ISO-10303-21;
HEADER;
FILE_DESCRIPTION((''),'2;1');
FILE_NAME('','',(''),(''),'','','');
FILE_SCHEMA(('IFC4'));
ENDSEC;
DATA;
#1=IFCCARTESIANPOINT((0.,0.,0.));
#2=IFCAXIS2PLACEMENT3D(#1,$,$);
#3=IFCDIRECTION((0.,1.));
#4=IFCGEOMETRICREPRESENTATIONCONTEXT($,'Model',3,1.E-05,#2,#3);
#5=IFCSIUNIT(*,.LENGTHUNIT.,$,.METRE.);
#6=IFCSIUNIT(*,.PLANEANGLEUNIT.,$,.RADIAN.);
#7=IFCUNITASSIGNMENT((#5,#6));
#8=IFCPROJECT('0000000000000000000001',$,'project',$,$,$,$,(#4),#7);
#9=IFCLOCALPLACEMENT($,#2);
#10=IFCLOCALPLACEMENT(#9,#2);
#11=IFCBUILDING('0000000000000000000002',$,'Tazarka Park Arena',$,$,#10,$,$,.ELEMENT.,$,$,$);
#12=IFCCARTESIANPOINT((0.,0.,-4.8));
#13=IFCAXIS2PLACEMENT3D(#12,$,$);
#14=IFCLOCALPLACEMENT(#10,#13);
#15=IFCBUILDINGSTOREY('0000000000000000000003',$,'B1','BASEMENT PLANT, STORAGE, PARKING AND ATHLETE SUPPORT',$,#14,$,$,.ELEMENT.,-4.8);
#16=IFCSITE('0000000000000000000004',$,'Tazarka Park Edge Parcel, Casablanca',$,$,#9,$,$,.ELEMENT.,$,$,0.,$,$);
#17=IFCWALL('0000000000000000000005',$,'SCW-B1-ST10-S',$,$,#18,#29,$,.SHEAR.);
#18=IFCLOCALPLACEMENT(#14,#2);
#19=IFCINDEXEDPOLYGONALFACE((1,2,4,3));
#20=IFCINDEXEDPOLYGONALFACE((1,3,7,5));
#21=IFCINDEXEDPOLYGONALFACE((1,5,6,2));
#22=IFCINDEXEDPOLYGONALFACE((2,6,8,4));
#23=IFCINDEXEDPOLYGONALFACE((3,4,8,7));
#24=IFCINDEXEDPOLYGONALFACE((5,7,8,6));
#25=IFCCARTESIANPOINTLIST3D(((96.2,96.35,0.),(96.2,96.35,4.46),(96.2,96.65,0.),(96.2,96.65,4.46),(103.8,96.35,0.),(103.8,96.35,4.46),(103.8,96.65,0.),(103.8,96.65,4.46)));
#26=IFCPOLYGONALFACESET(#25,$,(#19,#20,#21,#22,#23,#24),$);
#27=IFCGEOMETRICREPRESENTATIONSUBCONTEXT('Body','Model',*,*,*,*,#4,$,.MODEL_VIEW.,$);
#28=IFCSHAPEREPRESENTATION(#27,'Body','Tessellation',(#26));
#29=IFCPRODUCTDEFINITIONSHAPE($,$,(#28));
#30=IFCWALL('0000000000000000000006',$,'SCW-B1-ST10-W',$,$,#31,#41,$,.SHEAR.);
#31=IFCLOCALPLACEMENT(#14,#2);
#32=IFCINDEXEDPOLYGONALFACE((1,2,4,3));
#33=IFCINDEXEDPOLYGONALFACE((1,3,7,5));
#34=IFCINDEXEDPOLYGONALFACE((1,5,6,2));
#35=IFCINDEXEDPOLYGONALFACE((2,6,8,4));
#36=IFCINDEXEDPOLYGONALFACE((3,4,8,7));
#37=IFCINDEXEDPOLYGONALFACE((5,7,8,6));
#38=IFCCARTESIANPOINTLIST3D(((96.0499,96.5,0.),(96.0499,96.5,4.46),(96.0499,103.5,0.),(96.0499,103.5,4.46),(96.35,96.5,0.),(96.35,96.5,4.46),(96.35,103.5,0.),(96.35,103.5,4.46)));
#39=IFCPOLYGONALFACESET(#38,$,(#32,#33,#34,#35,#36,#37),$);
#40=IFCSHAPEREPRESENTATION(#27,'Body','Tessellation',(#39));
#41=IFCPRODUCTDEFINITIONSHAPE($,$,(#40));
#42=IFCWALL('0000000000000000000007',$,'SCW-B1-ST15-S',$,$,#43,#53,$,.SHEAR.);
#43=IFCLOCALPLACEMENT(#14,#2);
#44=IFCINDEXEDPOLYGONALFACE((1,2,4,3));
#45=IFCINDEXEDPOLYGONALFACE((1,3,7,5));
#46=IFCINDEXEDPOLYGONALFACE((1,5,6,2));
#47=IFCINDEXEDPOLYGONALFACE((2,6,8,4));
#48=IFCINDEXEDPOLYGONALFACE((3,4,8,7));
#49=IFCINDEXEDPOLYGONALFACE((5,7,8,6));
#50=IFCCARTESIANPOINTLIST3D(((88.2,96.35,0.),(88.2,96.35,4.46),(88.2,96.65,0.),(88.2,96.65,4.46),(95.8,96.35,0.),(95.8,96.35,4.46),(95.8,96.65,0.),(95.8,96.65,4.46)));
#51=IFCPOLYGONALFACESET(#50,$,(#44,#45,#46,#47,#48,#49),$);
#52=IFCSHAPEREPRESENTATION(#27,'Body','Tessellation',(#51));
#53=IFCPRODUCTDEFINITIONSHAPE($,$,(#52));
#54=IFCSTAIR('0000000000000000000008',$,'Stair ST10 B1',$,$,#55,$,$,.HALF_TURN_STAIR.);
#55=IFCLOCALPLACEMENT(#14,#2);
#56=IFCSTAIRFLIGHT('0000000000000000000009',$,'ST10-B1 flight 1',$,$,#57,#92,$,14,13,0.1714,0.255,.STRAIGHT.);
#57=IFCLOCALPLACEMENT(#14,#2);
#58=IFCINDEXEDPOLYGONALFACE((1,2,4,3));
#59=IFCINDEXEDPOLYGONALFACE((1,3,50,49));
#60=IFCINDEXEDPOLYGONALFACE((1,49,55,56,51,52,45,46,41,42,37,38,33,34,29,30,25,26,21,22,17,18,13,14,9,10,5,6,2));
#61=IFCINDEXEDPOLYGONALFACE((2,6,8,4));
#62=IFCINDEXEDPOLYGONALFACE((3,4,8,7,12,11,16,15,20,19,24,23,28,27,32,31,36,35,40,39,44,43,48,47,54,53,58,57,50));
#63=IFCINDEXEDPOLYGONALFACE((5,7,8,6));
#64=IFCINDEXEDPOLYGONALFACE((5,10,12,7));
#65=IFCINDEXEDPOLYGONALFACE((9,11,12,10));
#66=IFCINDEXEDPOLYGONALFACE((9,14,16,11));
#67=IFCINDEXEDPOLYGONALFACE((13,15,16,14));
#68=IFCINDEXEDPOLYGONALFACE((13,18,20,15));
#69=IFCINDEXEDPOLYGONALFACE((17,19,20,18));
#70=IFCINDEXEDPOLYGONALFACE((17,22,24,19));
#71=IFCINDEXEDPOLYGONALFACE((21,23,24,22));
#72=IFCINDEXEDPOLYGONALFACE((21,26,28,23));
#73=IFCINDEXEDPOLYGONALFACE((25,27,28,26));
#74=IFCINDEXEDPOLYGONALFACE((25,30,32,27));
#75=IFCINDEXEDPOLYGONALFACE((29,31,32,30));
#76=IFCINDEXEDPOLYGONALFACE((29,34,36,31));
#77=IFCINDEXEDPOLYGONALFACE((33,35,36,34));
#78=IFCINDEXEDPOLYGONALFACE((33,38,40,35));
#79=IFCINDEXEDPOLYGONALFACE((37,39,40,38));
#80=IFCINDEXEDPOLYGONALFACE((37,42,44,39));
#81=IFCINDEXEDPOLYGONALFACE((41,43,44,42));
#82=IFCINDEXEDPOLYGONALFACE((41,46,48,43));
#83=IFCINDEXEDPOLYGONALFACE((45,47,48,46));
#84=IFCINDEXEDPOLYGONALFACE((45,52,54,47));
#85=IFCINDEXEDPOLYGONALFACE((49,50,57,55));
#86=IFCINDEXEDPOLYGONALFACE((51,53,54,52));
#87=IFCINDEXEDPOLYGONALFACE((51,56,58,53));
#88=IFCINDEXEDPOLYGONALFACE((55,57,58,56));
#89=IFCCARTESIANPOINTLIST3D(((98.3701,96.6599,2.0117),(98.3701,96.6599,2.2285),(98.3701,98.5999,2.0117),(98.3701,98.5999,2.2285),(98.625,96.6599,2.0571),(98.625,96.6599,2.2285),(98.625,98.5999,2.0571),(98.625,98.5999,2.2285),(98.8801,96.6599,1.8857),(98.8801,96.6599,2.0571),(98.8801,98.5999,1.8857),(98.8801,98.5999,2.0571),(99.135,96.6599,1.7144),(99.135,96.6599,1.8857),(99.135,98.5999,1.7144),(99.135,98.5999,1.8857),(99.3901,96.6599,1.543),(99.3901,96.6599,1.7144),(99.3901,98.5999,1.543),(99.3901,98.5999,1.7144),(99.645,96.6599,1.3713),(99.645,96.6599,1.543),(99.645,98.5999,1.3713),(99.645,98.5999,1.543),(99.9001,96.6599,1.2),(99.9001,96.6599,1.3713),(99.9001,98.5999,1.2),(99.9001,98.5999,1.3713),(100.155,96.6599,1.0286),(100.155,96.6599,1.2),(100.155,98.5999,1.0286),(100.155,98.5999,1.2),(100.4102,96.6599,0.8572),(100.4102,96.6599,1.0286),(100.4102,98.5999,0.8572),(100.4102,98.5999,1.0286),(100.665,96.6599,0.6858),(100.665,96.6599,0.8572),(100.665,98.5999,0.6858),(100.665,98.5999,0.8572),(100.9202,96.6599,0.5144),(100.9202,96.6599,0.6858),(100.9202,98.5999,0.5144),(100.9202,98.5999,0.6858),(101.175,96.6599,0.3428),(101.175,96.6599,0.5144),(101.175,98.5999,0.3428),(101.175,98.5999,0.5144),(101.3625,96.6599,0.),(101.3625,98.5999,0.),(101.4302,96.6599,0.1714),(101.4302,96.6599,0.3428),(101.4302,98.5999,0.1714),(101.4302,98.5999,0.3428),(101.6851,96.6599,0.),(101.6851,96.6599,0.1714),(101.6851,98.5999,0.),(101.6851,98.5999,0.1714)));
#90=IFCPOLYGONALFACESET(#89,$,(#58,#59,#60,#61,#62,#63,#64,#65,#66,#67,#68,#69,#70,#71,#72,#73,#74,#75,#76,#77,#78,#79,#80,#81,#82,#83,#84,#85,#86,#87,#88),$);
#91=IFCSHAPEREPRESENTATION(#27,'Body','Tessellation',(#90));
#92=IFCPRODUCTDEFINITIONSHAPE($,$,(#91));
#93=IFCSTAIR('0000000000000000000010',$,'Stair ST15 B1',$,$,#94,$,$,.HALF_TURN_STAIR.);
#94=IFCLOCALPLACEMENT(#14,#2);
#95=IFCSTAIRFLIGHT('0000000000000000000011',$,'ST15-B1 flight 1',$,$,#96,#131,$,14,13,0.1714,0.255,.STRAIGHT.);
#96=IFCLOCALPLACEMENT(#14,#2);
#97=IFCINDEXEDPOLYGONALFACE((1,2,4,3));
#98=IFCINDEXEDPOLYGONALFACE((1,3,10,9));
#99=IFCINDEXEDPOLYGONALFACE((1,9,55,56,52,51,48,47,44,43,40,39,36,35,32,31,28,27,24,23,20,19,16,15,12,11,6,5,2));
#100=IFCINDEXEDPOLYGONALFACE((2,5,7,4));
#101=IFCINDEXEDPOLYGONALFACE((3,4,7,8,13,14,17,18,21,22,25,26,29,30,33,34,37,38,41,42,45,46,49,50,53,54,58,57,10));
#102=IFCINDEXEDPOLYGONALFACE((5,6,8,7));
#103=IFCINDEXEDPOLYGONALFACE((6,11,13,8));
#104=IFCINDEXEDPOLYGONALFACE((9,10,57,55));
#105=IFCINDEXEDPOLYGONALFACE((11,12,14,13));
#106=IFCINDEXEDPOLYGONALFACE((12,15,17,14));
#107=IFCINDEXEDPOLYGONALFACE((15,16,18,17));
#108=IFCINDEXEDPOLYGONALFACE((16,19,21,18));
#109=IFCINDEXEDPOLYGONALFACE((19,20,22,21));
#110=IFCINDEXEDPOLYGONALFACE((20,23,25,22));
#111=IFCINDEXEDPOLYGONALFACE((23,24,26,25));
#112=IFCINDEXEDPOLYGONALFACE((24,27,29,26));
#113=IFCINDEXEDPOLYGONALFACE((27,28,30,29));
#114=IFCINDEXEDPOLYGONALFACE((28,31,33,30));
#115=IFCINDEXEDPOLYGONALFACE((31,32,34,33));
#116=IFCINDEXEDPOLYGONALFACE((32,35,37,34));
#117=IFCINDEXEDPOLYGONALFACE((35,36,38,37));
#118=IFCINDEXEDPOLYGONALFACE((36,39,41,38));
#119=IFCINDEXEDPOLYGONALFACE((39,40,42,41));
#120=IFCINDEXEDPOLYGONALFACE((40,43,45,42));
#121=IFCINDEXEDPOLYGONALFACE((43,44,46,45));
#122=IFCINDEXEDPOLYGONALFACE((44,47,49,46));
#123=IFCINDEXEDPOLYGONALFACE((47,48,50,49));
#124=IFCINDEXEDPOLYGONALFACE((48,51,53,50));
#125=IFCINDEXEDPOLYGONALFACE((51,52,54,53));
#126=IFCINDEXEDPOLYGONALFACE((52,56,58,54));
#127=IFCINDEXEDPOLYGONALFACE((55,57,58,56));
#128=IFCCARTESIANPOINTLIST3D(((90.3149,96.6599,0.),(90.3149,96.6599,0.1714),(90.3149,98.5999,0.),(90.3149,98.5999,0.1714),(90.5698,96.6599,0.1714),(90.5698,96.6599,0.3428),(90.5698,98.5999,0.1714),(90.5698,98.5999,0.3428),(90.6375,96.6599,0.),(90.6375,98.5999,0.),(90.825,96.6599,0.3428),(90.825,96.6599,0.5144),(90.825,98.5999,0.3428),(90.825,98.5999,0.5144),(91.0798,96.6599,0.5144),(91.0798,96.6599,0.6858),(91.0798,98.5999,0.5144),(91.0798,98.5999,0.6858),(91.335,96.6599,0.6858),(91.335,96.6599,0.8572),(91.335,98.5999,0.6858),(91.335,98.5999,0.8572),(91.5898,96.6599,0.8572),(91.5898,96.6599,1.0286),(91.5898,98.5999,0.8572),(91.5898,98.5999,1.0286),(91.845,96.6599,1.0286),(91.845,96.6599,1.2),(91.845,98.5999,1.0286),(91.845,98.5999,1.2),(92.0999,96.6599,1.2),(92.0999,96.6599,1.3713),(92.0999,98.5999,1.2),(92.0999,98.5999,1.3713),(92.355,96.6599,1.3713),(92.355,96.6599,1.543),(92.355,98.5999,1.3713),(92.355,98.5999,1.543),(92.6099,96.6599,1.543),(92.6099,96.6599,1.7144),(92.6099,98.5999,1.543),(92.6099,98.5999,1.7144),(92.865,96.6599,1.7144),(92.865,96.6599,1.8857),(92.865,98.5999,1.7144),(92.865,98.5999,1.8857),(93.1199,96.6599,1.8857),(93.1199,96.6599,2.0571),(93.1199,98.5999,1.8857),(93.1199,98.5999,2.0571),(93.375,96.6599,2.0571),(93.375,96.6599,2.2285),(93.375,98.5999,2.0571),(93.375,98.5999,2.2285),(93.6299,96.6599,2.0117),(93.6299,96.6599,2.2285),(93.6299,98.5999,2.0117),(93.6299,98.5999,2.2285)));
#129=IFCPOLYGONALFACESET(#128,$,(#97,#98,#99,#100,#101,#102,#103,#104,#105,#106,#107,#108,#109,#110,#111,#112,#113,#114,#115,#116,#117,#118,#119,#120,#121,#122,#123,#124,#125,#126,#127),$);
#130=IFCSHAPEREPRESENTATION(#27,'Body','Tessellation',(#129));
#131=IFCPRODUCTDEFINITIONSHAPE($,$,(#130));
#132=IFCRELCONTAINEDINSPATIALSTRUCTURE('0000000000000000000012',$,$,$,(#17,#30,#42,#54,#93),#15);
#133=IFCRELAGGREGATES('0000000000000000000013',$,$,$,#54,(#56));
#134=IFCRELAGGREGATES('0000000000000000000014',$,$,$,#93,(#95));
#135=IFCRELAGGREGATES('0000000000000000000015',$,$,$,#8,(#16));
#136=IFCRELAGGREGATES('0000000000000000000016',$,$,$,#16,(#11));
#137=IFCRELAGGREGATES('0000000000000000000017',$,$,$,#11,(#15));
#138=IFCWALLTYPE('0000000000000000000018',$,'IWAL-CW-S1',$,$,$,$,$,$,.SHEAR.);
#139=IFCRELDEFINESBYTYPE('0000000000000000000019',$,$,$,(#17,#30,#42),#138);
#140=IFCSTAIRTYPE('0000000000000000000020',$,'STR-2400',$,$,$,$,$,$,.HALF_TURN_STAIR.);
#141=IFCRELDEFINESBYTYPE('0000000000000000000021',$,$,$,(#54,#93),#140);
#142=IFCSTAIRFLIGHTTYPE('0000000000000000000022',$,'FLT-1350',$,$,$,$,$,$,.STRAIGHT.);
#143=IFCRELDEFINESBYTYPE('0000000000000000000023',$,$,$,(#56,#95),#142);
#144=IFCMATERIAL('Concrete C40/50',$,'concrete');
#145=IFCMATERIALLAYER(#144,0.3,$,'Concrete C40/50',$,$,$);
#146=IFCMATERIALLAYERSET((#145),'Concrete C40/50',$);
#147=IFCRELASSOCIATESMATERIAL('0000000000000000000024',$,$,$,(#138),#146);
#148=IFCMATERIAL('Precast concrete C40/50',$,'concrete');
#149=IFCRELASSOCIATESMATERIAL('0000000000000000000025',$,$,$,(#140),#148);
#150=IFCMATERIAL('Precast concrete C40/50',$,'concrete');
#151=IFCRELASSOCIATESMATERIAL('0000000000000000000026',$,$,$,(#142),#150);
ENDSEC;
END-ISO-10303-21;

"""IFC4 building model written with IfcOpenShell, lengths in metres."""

from ifc_helpers import new_model, si_unit, direction, frame, frame_2d, origin, place, context, subcontext, project, spatial, polyline, rectangle, outline, extrude, material, layer, layer_set, type_object, element, aggregate, save


model = new_model("IFC4")

# Units and contexts
model_context = context("Model", 3, precision=1e-05, world=origin(), true_north=direction((0.0, 1.0)))
body_context = subcontext(model_context, "Body", "Model", "MODEL_VIEW")
ifc_project = project(units=[si_unit("LENGTHUNIT", "METRE"), si_unit("PLANEANGLEUNIT", "RADIAN")], contexts=[model_context])

# Site, building, storey
site_placement = place(None, origin())
site = spatial("IfcSite", under=ifc_project, at=site_placement, Name="Tazarka Park Edge Parcel, Casablanca", CompositionType="ELEMENT", RefElevation=0.0)
building_placement = place(site_placement, origin())
building = spatial("IfcBuilding", under=site, at=building_placement, Name="Tazarka Park Arena", CompositionType="ELEMENT")
storey_placement = place(building_placement, frame((0.0, 0.0, -4.8)))
storey = spatial("IfcBuildingStorey", under=building, at=storey_placement, Name="B1", Description="BASEMENT PLANT, STORAGE, PARKING AND ATHLETE SUPPORT", CompositionType="ELEMENT", Elevation=-4.8)

# Walls
ifc_material_1 = material(Name="Concrete C40/50", Category="concrete")
ifc_layer = layer(ifc_material_1, 0.3, Name="Concrete C40/50")
ifc_layer_set = layer_set([ifc_layer], Name="Concrete C40/50")
wall_type = type_object("IfcWallType", Name="IWAL-CW-S1", PredefinedType="SHEAR", material=ifc_layer_set)
wall_1_placement = place(storey_placement, frame((103.8, 96.5, 0.0), z_axis=(0.0, 0.0, 1.0), x_axis=(-1.0, 0.0, 0.0)))
element("IfcWall", 1, at=wall_1_placement, inside=storey, type_object=wall_type, Name="SCW-B1-ST10-S", PredefinedType="SHEAR", context=body_context, shape_type="SweptSolid", body=[
    extrude(rectangle(XDim=7.6001, YDim=0.3, at=frame_2d((3.8, 0.0))), origin(), (0.0, 0.0, 1.0), 4.46),
])
wall_2_placement = place(storey_placement, frame((96.2, 96.5, 0.0), z_axis=(0.0, 0.0, 1.0), x_axis=(0.0, 1.0, 0.0)))
element("IfcWall", 2, at=wall_2_placement, inside=storey, type_object=wall_type, Name="SCW-B1-ST10-W", PredefinedType="SHEAR", context=body_context, shape_type="SweptSolid", body=[
    extrude(rectangle(XDim=7.0, YDim=0.3, at=frame_2d((3.5, 0.0))), origin(), (0.0, 0.0, 1.0), 4.46),
])
wall_3_placement = place(storey_placement, frame((95.8, 96.5, 0.0), z_axis=(0.0, 0.0, 1.0), x_axis=(-1.0, 0.0, 0.0)))
element("IfcWall", 3, at=wall_3_placement, inside=storey, type_object=wall_type, Name="SCW-B1-ST15-S", PredefinedType="SHEAR", context=body_context, shape_type="SweptSolid", body=[
    extrude(rectangle(XDim=7.6001, YDim=0.3, at=frame_2d((3.8, 0.0))), origin(), (0.0, 0.0, 1.0), 4.46),
])

# Stairs, stair flights
ifc_material_2 = material(Name="Precast concrete C40/50", Category="concrete")
stair_type = type_object("IfcStairType", Name="STR-2400", PredefinedType="HALF_TURN_STAIR", material=ifc_material_2)
stair_1_placement = place(storey_placement, origin())
stair_1 = element("IfcStair", 4, at=stair_1_placement, inside=storey, type_object=stair_type, Name="Stair ST10 B1", PredefinedType="HALF_TURN_STAIR")
ifc_material_3 = material(Name="Precast concrete C40/50", Category="concrete")
stair_flight_type = type_object("IfcStairFlightType", Name="FLT-1350", PredefinedType="STRAIGHT", material=ifc_material_3)
stair_flight_1_placement = place(storey_placement, frame((101.6851, 97.6299, 0.0), z_axis=(0.0, 0.0, 1.0), x_axis=(-1.0, 0.0, 0.0)))
stair_flight_1 = element("IfcStairFlight", 5, at=stair_flight_1_placement, type_object=stair_flight_type, Name="ST10-B1 flight 1", NumberOfRisers=14, NumberOfTreads=13, PredefinedType="STRAIGHT", RiserHeight=0.1714, TreadLength=0.255, context=body_context, shape_type="SweptSolid", body=[
    extrude(outline(polyline([(0.0, 0.0), (0.0, 0.1714), (0.2549, 0.1714), (0.2549, 0.3428), (0.51, 0.3428), (0.51, 0.5144), (0.7649, 0.5144), (0.7649, 0.6858), (1.02, 0.6858), (1.02, 0.8572), (1.2749, 0.8572), (1.2749, 1.0286), (1.53, 1.0286), (1.53, 1.2), (1.7849, 1.2), (1.7849, 1.3713), (2.04, 1.3713), (2.04, 1.543), (2.2949, 1.543), (2.2949, 1.7144), (2.55, 1.7144), (2.55, 1.8857), (2.8049, 1.8857), (2.8049, 2.0571), (3.0601, 2.0571), (3.0601, 2.2285), (3.3149, 2.2285), (3.3149, 2.3999), (3.3149, 2.0117), (0.3225, 0.0), (0.0, 0.0)])), frame((0.0, 0.97, 0.0), z_axis=(0.0, -1.0, 0.0), x_axis=(1.0, 0.0, 0.0)), (0.0, 0.0, 1.0), 1.9399),
])
aggregate(stair_1, [stair_flight_1])
stair_2_placement = place(storey_placement, origin())
stair_2 = element("IfcStair", 6, at=stair_2_placement, inside=storey, type_object=stair_type, Name="Stair ST15 B1", PredefinedType="HALF_TURN_STAIR")
stair_flight_2_placement = place(storey_placement, frame((90.3149, 97.6299, 0.0), z_axis=(0.0, 0.0, 1.0), x_axis=(1.0, 0.0, 0.0)))
stair_flight_2 = element("IfcStairFlight", 7, at=stair_flight_2_placement, type_object=stair_flight_type, Name="ST15-B1 flight 1", NumberOfRisers=14, NumberOfTreads=13, PredefinedType="STRAIGHT", RiserHeight=0.1714, TreadLength=0.255, context=body_context, shape_type="SweptSolid", body=[
    extrude(outline(polyline([(0.0, 0.0), (0.0, 0.1714), (0.2549, 0.1714), (0.2549, 0.3428), (0.51, 0.3428), (0.51, 0.5144), (0.7649, 0.5144), (0.7649, 0.6858), (1.02, 0.6858), (1.02, 0.8572), (1.2749, 0.8572), (1.2749, 1.0286), (1.53, 1.0286), (1.53, 1.2), (1.7849, 1.2), (1.7849, 1.3713), (2.04, 1.3713), (2.04, 1.543), (2.2949, 1.543), (2.2949, 1.7144), (2.55, 1.7144), (2.55, 1.8857), (2.8049, 1.8857), (2.8049, 2.0571), (3.0601, 2.0571), (3.0601, 2.2285), (3.3149, 2.2285), (3.3149, 2.3999), (3.3149, 2.0117), (0.3225, 0.0), (0.0, 0.0)])), frame((0.0, 0.97, 0.0), z_axis=(0.0, -1.0, 0.0), x_axis=(1.0, 0.0, 0.0)), (0.0, 0.0, 1.0), 1.9399),
])
aggregate(stair_2, [stair_flight_2])

save(model, "model.ifc")
